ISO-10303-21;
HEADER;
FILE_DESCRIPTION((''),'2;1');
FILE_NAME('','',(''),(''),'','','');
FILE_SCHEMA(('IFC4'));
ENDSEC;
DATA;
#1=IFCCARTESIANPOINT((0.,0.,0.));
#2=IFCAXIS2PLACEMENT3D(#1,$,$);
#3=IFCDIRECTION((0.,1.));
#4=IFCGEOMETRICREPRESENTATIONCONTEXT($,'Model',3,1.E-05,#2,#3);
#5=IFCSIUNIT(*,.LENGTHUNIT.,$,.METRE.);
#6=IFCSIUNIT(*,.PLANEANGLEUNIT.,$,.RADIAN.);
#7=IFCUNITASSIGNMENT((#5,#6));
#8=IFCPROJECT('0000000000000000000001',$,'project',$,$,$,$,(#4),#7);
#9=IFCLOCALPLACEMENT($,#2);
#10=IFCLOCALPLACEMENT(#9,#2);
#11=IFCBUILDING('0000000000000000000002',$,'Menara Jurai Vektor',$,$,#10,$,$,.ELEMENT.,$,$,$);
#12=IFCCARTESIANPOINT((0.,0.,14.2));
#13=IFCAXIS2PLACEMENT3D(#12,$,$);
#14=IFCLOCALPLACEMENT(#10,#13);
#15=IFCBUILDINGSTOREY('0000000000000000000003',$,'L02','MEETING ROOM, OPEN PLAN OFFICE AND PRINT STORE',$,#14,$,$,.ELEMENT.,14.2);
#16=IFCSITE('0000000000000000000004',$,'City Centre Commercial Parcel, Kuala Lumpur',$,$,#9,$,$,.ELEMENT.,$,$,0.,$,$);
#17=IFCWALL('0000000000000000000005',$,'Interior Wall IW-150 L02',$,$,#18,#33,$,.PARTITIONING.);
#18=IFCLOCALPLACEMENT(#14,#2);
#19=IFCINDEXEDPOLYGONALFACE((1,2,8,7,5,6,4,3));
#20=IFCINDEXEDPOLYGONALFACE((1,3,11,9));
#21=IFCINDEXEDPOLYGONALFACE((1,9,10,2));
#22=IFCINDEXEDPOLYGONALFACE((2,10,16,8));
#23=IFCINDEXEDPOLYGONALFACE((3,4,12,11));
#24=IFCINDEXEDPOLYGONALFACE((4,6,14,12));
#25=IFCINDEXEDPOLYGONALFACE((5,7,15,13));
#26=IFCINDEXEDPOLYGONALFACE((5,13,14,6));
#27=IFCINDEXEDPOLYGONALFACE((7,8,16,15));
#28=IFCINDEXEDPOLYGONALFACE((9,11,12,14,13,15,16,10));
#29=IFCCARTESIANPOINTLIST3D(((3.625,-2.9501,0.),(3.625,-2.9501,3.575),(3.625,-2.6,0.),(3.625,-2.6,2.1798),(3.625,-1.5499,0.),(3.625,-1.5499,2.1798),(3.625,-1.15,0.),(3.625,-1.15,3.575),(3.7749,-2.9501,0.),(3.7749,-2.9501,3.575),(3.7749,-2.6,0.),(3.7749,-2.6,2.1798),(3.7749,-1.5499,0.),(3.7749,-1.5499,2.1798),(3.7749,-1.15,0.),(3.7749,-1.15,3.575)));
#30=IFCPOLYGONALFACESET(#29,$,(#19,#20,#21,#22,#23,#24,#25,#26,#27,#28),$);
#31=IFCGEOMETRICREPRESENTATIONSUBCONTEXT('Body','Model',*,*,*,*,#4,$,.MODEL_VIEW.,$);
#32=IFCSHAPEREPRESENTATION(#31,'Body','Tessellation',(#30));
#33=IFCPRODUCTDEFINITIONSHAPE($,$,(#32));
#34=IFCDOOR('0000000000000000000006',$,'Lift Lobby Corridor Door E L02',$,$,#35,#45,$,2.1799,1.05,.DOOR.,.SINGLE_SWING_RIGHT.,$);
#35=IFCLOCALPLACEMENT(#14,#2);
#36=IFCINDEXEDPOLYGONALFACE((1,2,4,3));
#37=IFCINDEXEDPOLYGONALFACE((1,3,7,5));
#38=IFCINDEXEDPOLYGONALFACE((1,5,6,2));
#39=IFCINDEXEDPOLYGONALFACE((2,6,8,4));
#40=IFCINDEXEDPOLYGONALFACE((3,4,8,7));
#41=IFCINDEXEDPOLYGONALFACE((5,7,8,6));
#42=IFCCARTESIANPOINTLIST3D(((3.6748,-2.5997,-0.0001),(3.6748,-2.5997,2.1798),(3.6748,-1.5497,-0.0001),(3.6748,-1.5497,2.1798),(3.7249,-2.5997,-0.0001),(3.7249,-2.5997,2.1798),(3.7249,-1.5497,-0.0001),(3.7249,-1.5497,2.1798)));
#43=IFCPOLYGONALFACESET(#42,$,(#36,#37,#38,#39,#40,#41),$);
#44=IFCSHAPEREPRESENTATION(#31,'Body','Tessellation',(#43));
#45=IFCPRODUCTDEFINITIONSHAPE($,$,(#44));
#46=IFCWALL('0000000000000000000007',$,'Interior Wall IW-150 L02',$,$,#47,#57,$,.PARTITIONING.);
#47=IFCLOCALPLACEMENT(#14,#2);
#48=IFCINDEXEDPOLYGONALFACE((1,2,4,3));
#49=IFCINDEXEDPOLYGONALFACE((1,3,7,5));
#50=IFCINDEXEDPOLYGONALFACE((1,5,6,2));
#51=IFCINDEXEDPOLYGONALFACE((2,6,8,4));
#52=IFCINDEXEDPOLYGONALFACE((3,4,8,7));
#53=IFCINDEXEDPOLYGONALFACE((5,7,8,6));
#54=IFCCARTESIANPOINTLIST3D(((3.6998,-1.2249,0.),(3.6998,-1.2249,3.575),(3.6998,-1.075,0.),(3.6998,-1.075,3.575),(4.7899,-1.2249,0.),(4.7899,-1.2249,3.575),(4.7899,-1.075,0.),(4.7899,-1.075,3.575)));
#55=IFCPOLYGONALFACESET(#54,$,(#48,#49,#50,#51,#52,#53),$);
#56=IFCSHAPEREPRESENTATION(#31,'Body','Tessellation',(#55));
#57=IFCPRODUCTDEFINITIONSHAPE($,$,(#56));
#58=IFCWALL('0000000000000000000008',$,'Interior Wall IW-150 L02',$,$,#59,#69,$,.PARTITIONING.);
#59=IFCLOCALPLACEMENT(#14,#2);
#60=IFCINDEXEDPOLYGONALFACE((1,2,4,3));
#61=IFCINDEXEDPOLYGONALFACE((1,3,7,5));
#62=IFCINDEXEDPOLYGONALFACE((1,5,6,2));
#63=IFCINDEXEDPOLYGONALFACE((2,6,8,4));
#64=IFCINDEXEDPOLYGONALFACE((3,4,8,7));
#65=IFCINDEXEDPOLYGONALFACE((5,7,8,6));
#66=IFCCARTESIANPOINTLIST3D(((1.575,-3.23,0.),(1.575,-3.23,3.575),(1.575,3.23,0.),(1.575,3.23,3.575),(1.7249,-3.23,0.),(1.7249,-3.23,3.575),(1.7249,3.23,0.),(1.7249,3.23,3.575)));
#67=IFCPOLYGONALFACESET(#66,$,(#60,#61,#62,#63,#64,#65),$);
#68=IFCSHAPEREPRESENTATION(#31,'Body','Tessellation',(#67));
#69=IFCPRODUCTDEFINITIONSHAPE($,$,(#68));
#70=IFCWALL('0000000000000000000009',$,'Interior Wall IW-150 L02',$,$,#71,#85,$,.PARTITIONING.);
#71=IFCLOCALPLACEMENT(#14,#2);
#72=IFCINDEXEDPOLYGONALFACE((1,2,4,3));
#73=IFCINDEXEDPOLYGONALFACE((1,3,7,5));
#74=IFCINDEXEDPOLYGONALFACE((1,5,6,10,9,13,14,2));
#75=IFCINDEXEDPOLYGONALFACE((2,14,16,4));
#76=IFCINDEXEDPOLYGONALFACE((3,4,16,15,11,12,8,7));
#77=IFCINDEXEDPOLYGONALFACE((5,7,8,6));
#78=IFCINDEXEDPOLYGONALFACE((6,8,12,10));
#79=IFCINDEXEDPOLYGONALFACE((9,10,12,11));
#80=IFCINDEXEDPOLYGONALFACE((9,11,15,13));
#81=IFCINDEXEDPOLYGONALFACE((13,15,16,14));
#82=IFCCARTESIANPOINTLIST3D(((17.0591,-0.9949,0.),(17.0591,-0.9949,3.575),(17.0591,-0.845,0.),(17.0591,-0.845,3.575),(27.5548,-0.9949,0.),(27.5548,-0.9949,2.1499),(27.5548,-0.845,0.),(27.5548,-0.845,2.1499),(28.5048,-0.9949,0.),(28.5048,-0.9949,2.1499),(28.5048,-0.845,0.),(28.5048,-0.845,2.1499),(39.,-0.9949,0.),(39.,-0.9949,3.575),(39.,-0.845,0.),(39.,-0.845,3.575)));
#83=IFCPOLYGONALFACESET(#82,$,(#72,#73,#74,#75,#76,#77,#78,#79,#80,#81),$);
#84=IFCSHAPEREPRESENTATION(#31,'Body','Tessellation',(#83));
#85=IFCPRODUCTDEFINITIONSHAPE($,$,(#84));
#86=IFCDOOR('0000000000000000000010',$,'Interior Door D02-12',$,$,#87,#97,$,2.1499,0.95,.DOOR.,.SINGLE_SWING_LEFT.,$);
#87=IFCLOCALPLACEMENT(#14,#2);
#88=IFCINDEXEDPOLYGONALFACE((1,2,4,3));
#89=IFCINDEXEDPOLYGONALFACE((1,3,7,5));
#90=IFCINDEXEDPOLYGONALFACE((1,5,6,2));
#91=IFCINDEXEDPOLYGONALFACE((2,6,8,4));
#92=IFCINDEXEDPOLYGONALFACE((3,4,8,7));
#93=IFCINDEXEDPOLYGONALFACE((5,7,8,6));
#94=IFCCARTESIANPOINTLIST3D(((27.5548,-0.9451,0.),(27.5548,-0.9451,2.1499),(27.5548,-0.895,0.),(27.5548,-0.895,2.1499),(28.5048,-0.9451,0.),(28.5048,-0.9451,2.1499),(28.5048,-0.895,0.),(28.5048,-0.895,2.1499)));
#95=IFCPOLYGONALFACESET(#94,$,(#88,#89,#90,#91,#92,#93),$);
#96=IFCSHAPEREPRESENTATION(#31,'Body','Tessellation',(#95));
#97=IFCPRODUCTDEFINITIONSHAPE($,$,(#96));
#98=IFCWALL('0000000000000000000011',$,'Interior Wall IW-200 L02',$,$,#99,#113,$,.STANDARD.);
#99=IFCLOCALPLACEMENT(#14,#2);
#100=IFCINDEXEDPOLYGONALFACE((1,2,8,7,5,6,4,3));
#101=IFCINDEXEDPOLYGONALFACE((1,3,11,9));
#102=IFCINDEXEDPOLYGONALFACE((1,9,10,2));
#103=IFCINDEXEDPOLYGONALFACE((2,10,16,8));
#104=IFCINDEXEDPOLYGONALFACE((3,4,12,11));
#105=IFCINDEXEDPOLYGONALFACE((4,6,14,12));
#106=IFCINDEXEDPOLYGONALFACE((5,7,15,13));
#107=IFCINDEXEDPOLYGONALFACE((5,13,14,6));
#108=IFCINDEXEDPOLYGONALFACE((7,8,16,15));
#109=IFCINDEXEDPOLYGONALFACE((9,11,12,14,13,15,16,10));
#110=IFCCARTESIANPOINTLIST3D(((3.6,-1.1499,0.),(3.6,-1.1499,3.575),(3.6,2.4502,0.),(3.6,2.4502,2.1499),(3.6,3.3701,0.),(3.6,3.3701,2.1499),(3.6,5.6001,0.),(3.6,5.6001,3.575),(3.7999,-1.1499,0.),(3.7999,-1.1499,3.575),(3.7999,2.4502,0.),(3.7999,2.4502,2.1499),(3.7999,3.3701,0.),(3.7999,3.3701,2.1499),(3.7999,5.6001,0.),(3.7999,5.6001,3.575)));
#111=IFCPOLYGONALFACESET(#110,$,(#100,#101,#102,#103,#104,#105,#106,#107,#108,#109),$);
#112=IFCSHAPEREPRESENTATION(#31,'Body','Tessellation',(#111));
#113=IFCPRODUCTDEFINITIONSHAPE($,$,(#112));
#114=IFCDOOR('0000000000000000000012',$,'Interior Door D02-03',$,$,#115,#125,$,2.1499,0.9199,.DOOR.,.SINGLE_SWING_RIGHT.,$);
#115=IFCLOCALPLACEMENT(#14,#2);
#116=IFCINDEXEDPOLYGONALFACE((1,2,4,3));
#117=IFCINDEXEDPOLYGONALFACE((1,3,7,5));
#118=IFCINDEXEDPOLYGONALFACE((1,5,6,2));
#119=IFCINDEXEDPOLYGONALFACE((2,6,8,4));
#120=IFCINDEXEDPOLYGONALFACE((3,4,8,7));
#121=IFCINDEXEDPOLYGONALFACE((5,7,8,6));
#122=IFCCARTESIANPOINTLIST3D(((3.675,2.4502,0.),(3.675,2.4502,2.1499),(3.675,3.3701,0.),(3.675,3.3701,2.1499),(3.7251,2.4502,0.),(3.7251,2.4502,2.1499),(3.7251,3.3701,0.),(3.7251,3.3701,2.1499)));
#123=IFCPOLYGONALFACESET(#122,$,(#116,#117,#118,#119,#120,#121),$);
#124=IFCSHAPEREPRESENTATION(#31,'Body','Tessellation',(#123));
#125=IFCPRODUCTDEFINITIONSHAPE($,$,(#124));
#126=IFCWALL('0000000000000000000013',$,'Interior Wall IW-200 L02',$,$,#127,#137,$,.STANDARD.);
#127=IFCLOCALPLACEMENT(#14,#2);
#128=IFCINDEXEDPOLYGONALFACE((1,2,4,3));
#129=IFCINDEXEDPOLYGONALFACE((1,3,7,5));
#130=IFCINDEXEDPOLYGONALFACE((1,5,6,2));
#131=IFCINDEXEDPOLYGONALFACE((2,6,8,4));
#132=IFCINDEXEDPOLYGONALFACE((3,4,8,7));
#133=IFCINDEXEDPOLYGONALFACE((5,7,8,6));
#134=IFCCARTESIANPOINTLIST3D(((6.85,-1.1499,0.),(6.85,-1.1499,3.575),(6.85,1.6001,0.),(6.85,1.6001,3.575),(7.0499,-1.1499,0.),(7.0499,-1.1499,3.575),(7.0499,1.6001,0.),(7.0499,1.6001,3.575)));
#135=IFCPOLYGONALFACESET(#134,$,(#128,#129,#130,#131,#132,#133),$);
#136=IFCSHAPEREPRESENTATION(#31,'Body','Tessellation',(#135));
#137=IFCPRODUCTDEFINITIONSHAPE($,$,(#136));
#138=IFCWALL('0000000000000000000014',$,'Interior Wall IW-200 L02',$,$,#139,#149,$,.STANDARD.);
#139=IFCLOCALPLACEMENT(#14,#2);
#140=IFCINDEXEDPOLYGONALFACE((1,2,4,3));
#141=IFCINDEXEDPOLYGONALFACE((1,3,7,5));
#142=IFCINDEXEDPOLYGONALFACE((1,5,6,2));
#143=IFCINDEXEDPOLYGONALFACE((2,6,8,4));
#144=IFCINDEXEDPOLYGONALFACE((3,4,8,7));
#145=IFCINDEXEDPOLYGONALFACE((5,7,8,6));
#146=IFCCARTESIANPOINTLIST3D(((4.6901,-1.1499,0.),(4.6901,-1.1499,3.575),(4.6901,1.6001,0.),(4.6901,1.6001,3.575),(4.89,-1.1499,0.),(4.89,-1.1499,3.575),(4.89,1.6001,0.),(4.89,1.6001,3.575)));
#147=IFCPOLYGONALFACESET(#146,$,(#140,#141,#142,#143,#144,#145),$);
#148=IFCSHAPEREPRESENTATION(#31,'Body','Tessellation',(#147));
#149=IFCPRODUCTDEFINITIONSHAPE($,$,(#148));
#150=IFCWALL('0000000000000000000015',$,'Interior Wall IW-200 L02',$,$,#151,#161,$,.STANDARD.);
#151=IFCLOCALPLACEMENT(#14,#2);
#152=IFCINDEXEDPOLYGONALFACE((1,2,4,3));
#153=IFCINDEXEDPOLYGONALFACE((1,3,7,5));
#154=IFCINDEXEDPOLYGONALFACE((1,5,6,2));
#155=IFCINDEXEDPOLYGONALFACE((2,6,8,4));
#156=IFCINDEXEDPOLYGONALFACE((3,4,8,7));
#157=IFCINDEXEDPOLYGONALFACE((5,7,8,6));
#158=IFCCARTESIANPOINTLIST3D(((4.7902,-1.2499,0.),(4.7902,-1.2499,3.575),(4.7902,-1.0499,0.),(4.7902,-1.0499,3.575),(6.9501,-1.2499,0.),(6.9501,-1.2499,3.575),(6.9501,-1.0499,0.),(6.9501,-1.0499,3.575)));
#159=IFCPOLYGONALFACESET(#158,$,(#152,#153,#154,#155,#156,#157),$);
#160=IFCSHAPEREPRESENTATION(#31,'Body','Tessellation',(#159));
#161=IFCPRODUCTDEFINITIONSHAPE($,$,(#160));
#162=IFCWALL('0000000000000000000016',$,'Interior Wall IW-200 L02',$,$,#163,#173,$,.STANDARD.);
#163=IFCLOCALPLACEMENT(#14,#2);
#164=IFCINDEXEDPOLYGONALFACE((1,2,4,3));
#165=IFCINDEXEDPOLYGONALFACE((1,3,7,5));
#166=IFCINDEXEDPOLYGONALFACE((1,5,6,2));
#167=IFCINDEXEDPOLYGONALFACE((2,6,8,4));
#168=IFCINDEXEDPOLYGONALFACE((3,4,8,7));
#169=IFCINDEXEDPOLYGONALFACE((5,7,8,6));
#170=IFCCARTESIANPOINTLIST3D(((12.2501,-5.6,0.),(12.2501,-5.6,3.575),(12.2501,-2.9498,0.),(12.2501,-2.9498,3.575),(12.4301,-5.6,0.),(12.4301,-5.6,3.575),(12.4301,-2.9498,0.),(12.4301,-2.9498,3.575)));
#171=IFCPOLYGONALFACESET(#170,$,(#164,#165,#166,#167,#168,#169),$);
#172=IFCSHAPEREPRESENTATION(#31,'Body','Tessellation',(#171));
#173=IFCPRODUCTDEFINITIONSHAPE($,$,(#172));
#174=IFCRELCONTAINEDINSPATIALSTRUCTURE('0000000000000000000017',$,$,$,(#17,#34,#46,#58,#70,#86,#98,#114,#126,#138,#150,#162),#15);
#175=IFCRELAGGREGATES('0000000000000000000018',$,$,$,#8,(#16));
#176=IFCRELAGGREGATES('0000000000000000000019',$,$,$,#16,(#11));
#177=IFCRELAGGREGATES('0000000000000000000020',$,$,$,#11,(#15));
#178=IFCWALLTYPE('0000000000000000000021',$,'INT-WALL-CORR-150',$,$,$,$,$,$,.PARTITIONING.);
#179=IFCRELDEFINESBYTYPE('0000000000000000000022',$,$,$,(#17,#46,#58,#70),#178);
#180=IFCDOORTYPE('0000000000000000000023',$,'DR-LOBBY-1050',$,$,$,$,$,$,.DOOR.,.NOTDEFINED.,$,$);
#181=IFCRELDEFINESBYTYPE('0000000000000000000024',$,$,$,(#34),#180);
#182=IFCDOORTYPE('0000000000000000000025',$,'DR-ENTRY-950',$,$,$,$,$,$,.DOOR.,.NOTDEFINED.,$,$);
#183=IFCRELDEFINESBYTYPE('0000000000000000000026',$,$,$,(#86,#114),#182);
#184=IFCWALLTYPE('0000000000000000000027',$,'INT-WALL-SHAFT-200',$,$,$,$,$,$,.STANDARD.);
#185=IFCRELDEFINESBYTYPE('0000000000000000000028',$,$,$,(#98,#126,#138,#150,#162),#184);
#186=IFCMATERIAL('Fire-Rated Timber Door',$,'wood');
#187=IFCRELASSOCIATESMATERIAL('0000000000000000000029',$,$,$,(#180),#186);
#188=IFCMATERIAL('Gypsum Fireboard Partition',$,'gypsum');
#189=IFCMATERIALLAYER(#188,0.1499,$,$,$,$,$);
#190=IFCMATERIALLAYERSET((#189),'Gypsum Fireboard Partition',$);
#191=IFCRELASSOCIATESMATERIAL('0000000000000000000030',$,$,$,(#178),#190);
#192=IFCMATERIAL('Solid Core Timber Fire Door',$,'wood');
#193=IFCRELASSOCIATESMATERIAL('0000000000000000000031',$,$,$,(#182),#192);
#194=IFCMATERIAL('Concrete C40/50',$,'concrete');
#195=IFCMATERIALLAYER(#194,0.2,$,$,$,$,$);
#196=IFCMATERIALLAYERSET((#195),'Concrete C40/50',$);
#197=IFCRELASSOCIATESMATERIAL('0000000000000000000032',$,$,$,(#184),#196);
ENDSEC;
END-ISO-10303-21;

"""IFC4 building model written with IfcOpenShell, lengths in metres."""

from ifc_helpers import new_model, si_unit, direction, frame, frame_2d, origin, place, context, subcontext, project, spatial, rectangle, extrude, material, layer, layer_set, type_object, element, fill, save


model = new_model("IFC4")

# Units and contexts
model_context = context("Model", 3, precision=1e-05, world=origin(), true_north=direction((0.0, 1.0)))
body_context = subcontext(model_context, "Body", "Model", "MODEL_VIEW")
ifc_project = project(units=[si_unit("LENGTHUNIT", "METRE"), si_unit("PLANEANGLEUNIT", "RADIAN")], contexts=[model_context])

# Site, building, storey
site_placement = place(None, origin())
site = spatial("IfcSite", under=ifc_project, at=site_placement, Name="City Centre Commercial Parcel, Kuala Lumpur", CompositionType="ELEMENT", RefElevation=0.0)
building_placement = place(site_placement, origin())
building = spatial("IfcBuilding", under=site, at=building_placement, Name="Menara Jurai Vektor", CompositionType="ELEMENT")
storey_placement = place(building_placement, frame((0.0, 0.0, 14.2)))
storey = spatial("IfcBuildingStorey", under=building, at=storey_placement, Name="L02", Description="MEETING ROOM, OPEN PLAN OFFICE AND PRINT STORE", CompositionType="ELEMENT", Elevation=14.2)

# Shared definitions
ifc_material_1 = material(Name="Concrete C40/50", Category="concrete")

# Shared definitions
ifc_material_2 = material(Name="Fire-Rated Timber Door", Category="wood")
door_type_1 = type_object("IfcDoorType", Name="DR-LOBBY-1050", OperationType="NOTDEFINED", PredefinedType="DOOR", material=ifc_material_2)

# Wall, opening, door
ifc_material_3 = material(Name="Gypsum Fireboard Partition", Category="gypsum")
ifc_layer_1 = layer(ifc_material_3, 0.1499)
ifc_layer_set_1 = layer_set([ifc_layer_1], Name="Gypsum Fireboard Partition")
wall_type_1 = type_object("IfcWallType", Name="INT-WALL-CORR-150", PredefinedType="PARTITIONING", material=ifc_layer_set_1)
wall_1_placement = place(storey_placement, frame((3.7, -2.95, 0.0), z_axis=(0.0, 0.0, 1.0), x_axis=(0.0, 1.0, 0.0)))
wall_1 = element("IfcWall", 1, at=wall_1_placement, inside=storey, type_object=wall_type_1, Name="Interior Wall IW-150 L02", PredefinedType="PARTITIONING", context=body_context, shape_type="SweptSolid", body=[
    extrude(rectangle(XDim=1.8, YDim=0.1499, at=frame_2d((0.8999, 0.0))), origin(), (0.0, 0.0, 1.0), 3.575),
])
opening_1_placement = place(wall_1_placement, frame((0.3501, 0.0, 0.0)))
opening_1 = element("IfcOpeningElement", 2, at=opening_1_placement, cuts=wall_1, PredefinedType="OPENING", context=body_context, shape_type="SweptSolid", body=[
    extrude(rectangle(XDim=1.05, YDim=2.1799, at=frame_2d((0.5249, 1.0898))), frame((0.0, 0.085, 0.0), z_axis=(0.0, -1.0, 0.0), x_axis=(1.0, 0.0, 0.0)), (0.0, 0.0, 1.0), 0.1699),
])
door_1_placement = place(opening_1_placement, frame((1.05, 0.0, 0.0), z_axis=(0.0, 0.0, 1.0), x_axis=(-1.0, 0.0, 0.0)))
door_1 = element("IfcDoor", 3, at=door_1_placement, inside=storey, type_object=door_type_1, Name="Lift Lobby Corridor Door E L02", OperationType="SINGLE_SWING_RIGHT", OverallHeight=2.1799, OverallWidth=1.05, PredefinedType="DOOR", context=body_context, shape_type="SweptSolid", body=[
    extrude(rectangle(XDim=1.05, YDim=2.1799, at=frame_2d((0.5249, 1.0898))), frame((0.0, 0.0249, 0.0), z_axis=(0.0, -1.0, 0.0), x_axis=(1.0, 0.0, 0.0)), (0.0, 0.0, 1.0), 0.05),
])
fill(opening_1, door_1)

# Walls
wall_2_placement = place(storey_placement, frame((3.7, -1.1499, 0.0), z_axis=(0.0, 0.0, 1.0), x_axis=(1.0, 0.0, 0.0)))
element("IfcWall", 4, at=wall_2_placement, inside=storey, type_object=wall_type_1, Name="Interior Wall IW-150 L02", PredefinedType="PARTITIONING", context=body_context, shape_type="SweptSolid", body=[
    extrude(rectangle(XDim=1.0901, YDim=0.1499, at=frame_2d((0.5449, 0.0))), origin(), (0.0, 0.0, 1.0), 3.575),
])
wall_3_placement = place(storey_placement, frame((1.6499, -3.23, 0.0), z_axis=(0.0, 0.0, 1.0), x_axis=(0.0, 1.0, 0.0)))
element("IfcWall", 5, at=wall_3_placement, inside=storey, type_object=wall_type_1, Name="Interior Wall IW-150 L02", PredefinedType="PARTITIONING", context=body_context, shape_type="SweptSolid", body=[
    extrude(rectangle(XDim=6.46, YDim=0.1499, at=frame_2d((3.23, 0.0))), origin(), (0.0, 0.0, 1.0), 3.575),
])

# Walls, openings, doors
wall_4_placement = place(storey_placement, frame((17.0591, -0.9199, 0.0), z_axis=(0.0, 0.0, 1.0), x_axis=(1.0, 0.0, 0.0)))
wall_4 = element("IfcWall", 6, at=wall_4_placement, inside=storey, type_object=wall_type_1, Name="Interior Wall IW-150 L02", PredefinedType="PARTITIONING", context=body_context, shape_type="SweptSolid", body=[
    extrude(rectangle(XDim=21.9409, YDim=0.1499, at=frame_2d((10.9705, 0.0))), origin(), (0.0, 0.0, 1.0), 3.575),
])
opening_2_placement = place(wall_4_placement, frame((10.4956, 0.0, 0.0)))
opening_2 = element("IfcOpeningElement", 7, at=opening_2_placement, cuts=wall_4, PredefinedType="OPENING", context=body_context, shape_type="SweptSolid", body=[
    extrude(rectangle(XDim=0.95, YDim=2.1499, at=frame_2d((0.4751, 1.075))), frame((0.0, 0.085, 0.0), z_axis=(0.0, -1.0, 0.0), x_axis=(1.0, 0.0, 0.0)), (0.0, 0.0, 1.0), 0.1699),
])
ifc_material_4 = material(Name="Solid Core Timber Fire Door", Category="wood")
door_type_2 = type_object("IfcDoorType", Name="DR-ENTRY-950", OperationType="NOTDEFINED", PredefinedType="DOOR", material=ifc_material_4)
door_2_placement = place(opening_2_placement, origin())
door_2 = element("IfcDoor", 8, at=door_2_placement, inside=storey, type_object=door_type_2, Name="Interior Door D02-12", OperationType="SINGLE_SWING_LEFT", OverallHeight=2.1499, OverallWidth=0.95, PredefinedType="DOOR", context=body_context, shape_type="SweptSolid", body=[
    extrude(rectangle(XDim=0.95, YDim=2.1499, at=frame_2d((0.4751, 1.075))), frame((0.0, 0.0249, 0.0), z_axis=(0.0, -1.0, 0.0), x_axis=(1.0, 0.0, 0.0)), (0.0, 0.0, 1.0), 0.05),
])
fill(opening_2, door_2)
ifc_layer_2 = layer(ifc_material_1, 0.2)
ifc_layer_set_2 = layer_set([ifc_layer_2], Name="Concrete C40/50")
wall_type_2 = type_object("IfcWallType", Name="INT-WALL-SHAFT-200", PredefinedType="STANDARD", material=ifc_layer_set_2)
wall_5_placement = place(storey_placement, frame((3.7, -1.1499, 0.0), z_axis=(0.0, 0.0, 1.0), x_axis=(0.0, 1.0, 0.0)))
wall_5 = element("IfcWall", 9, at=wall_5_placement, inside=storey, type_object=wall_type_2, Name="Interior Wall IW-200 L02", PredefinedType="STANDARD", context=body_context, shape_type="SweptSolid", body=[
    extrude(rectangle(XDim=6.75, YDim=0.2, at=frame_2d((3.375, 0.0))), origin(), (0.0, 0.0, 1.0), 3.575),
])
opening_3_placement = place(wall_5_placement, frame((3.6001, 0.0, 0.0)))
opening_3 = element("IfcOpeningElement", 10, at=opening_3_placement, cuts=wall_5, PredefinedType="OPENING", context=body_context, shape_type="SweptSolid", body=[
    extrude(rectangle(XDim=0.9199, YDim=2.1499, at=frame_2d((0.46, 1.075))), frame((0.0, 0.1099, 0.0), z_axis=(0.0, -1.0, 0.0), x_axis=(1.0, 0.0, 0.0)), (0.0, 0.0, 1.0), 0.22),
])
door_3_placement = place(opening_3_placement, origin())
door_3 = element("IfcDoor", 11, at=door_3_placement, inside=storey, type_object=door_type_2, Name="Interior Door D02-03", OperationType="SINGLE_SWING_RIGHT", OverallHeight=2.1499, OverallWidth=0.9199, PredefinedType="DOOR", context=body_context, shape_type="SweptSolid", body=[
    extrude(rectangle(XDim=0.9199, YDim=2.1499, at=frame_2d((0.46, 1.075))), frame((0.0, 0.0249, 0.0), z_axis=(0.0, -1.0, 0.0), x_axis=(1.0, 0.0, 0.0)), (0.0, 0.0, 1.0), 0.05),
])
fill(opening_3, door_3)

# Wall
wall_6_placement = place(storey_placement, frame((6.95, -1.1499, 0.0), z_axis=(0.0, 0.0, 1.0), x_axis=(0.0, 1.0, 0.0)))
element("IfcWall", 12, at=wall_6_placement, inside=storey, type_object=wall_type_2, Name="Interior Wall IW-200 L02", PredefinedType="STANDARD", context=body_context, shape_type="SweptSolid", body=[
    extrude(rectangle(XDim=2.75, YDim=0.2, at=frame_2d((1.375, 0.0))), origin(), (0.0, 0.0, 1.0), 3.575),
])

# Walls
wall_7_placement = place(storey_placement, frame((4.79, -1.1499, 0.0), z_axis=(0.0, 0.0, 1.0), x_axis=(0.0, 1.0, 0.0)))
element("IfcWall", 13, at=wall_7_placement, inside=storey, type_object=wall_type_2, Name="Interior Wall IW-200 L02", PredefinedType="STANDARD", context=body_context, shape_type="SweptSolid", body=[
    extrude(rectangle(XDim=2.75, YDim=0.2, at=frame_2d((1.375, 0.0))), origin(), (0.0, 0.0, 1.0), 3.575),
])
wall_8_placement = place(storey_placement, frame((4.79, -1.1499, 0.0), z_axis=(0.0, 0.0, 1.0), x_axis=(1.0, 0.0, 0.0)))
element("IfcWall", 14, at=wall_8_placement, inside=storey, type_object=wall_type_2, Name="Interior Wall IW-200 L02", PredefinedType="STANDARD", context=body_context, shape_type="SweptSolid", body=[
    extrude(rectangle(XDim=2.1599, YDim=0.2, at=frame_2d((1.0801, 0.0))), origin(), (0.0, 0.0, 1.0), 3.575),
])

# Wall
for number, where, z_axis, x_axis, name in (
    (15, (12.3401, -5.6001, 0.0), (0.0, 0.0, 1.0), (0.0, 1.0, 0.0), "Interior Wall IW-200 L02"),
):
    element("IfcWall", number, at=place(storey_placement, frame(where, z_axis=z_axis, x_axis=x_axis)), inside=storey, type_object=wall_type_2, Name=name, PredefinedType="STANDARD", context=body_context, shape_type="SweptSolid", body=[
        extrude(rectangle(XDim=2.6501, YDim=0.1799, at=frame_2d((1.3252, 0.0))), origin(), (0.0, 0.0, 1.0), 3.575),
    ])

save(model, "model.ifc")
